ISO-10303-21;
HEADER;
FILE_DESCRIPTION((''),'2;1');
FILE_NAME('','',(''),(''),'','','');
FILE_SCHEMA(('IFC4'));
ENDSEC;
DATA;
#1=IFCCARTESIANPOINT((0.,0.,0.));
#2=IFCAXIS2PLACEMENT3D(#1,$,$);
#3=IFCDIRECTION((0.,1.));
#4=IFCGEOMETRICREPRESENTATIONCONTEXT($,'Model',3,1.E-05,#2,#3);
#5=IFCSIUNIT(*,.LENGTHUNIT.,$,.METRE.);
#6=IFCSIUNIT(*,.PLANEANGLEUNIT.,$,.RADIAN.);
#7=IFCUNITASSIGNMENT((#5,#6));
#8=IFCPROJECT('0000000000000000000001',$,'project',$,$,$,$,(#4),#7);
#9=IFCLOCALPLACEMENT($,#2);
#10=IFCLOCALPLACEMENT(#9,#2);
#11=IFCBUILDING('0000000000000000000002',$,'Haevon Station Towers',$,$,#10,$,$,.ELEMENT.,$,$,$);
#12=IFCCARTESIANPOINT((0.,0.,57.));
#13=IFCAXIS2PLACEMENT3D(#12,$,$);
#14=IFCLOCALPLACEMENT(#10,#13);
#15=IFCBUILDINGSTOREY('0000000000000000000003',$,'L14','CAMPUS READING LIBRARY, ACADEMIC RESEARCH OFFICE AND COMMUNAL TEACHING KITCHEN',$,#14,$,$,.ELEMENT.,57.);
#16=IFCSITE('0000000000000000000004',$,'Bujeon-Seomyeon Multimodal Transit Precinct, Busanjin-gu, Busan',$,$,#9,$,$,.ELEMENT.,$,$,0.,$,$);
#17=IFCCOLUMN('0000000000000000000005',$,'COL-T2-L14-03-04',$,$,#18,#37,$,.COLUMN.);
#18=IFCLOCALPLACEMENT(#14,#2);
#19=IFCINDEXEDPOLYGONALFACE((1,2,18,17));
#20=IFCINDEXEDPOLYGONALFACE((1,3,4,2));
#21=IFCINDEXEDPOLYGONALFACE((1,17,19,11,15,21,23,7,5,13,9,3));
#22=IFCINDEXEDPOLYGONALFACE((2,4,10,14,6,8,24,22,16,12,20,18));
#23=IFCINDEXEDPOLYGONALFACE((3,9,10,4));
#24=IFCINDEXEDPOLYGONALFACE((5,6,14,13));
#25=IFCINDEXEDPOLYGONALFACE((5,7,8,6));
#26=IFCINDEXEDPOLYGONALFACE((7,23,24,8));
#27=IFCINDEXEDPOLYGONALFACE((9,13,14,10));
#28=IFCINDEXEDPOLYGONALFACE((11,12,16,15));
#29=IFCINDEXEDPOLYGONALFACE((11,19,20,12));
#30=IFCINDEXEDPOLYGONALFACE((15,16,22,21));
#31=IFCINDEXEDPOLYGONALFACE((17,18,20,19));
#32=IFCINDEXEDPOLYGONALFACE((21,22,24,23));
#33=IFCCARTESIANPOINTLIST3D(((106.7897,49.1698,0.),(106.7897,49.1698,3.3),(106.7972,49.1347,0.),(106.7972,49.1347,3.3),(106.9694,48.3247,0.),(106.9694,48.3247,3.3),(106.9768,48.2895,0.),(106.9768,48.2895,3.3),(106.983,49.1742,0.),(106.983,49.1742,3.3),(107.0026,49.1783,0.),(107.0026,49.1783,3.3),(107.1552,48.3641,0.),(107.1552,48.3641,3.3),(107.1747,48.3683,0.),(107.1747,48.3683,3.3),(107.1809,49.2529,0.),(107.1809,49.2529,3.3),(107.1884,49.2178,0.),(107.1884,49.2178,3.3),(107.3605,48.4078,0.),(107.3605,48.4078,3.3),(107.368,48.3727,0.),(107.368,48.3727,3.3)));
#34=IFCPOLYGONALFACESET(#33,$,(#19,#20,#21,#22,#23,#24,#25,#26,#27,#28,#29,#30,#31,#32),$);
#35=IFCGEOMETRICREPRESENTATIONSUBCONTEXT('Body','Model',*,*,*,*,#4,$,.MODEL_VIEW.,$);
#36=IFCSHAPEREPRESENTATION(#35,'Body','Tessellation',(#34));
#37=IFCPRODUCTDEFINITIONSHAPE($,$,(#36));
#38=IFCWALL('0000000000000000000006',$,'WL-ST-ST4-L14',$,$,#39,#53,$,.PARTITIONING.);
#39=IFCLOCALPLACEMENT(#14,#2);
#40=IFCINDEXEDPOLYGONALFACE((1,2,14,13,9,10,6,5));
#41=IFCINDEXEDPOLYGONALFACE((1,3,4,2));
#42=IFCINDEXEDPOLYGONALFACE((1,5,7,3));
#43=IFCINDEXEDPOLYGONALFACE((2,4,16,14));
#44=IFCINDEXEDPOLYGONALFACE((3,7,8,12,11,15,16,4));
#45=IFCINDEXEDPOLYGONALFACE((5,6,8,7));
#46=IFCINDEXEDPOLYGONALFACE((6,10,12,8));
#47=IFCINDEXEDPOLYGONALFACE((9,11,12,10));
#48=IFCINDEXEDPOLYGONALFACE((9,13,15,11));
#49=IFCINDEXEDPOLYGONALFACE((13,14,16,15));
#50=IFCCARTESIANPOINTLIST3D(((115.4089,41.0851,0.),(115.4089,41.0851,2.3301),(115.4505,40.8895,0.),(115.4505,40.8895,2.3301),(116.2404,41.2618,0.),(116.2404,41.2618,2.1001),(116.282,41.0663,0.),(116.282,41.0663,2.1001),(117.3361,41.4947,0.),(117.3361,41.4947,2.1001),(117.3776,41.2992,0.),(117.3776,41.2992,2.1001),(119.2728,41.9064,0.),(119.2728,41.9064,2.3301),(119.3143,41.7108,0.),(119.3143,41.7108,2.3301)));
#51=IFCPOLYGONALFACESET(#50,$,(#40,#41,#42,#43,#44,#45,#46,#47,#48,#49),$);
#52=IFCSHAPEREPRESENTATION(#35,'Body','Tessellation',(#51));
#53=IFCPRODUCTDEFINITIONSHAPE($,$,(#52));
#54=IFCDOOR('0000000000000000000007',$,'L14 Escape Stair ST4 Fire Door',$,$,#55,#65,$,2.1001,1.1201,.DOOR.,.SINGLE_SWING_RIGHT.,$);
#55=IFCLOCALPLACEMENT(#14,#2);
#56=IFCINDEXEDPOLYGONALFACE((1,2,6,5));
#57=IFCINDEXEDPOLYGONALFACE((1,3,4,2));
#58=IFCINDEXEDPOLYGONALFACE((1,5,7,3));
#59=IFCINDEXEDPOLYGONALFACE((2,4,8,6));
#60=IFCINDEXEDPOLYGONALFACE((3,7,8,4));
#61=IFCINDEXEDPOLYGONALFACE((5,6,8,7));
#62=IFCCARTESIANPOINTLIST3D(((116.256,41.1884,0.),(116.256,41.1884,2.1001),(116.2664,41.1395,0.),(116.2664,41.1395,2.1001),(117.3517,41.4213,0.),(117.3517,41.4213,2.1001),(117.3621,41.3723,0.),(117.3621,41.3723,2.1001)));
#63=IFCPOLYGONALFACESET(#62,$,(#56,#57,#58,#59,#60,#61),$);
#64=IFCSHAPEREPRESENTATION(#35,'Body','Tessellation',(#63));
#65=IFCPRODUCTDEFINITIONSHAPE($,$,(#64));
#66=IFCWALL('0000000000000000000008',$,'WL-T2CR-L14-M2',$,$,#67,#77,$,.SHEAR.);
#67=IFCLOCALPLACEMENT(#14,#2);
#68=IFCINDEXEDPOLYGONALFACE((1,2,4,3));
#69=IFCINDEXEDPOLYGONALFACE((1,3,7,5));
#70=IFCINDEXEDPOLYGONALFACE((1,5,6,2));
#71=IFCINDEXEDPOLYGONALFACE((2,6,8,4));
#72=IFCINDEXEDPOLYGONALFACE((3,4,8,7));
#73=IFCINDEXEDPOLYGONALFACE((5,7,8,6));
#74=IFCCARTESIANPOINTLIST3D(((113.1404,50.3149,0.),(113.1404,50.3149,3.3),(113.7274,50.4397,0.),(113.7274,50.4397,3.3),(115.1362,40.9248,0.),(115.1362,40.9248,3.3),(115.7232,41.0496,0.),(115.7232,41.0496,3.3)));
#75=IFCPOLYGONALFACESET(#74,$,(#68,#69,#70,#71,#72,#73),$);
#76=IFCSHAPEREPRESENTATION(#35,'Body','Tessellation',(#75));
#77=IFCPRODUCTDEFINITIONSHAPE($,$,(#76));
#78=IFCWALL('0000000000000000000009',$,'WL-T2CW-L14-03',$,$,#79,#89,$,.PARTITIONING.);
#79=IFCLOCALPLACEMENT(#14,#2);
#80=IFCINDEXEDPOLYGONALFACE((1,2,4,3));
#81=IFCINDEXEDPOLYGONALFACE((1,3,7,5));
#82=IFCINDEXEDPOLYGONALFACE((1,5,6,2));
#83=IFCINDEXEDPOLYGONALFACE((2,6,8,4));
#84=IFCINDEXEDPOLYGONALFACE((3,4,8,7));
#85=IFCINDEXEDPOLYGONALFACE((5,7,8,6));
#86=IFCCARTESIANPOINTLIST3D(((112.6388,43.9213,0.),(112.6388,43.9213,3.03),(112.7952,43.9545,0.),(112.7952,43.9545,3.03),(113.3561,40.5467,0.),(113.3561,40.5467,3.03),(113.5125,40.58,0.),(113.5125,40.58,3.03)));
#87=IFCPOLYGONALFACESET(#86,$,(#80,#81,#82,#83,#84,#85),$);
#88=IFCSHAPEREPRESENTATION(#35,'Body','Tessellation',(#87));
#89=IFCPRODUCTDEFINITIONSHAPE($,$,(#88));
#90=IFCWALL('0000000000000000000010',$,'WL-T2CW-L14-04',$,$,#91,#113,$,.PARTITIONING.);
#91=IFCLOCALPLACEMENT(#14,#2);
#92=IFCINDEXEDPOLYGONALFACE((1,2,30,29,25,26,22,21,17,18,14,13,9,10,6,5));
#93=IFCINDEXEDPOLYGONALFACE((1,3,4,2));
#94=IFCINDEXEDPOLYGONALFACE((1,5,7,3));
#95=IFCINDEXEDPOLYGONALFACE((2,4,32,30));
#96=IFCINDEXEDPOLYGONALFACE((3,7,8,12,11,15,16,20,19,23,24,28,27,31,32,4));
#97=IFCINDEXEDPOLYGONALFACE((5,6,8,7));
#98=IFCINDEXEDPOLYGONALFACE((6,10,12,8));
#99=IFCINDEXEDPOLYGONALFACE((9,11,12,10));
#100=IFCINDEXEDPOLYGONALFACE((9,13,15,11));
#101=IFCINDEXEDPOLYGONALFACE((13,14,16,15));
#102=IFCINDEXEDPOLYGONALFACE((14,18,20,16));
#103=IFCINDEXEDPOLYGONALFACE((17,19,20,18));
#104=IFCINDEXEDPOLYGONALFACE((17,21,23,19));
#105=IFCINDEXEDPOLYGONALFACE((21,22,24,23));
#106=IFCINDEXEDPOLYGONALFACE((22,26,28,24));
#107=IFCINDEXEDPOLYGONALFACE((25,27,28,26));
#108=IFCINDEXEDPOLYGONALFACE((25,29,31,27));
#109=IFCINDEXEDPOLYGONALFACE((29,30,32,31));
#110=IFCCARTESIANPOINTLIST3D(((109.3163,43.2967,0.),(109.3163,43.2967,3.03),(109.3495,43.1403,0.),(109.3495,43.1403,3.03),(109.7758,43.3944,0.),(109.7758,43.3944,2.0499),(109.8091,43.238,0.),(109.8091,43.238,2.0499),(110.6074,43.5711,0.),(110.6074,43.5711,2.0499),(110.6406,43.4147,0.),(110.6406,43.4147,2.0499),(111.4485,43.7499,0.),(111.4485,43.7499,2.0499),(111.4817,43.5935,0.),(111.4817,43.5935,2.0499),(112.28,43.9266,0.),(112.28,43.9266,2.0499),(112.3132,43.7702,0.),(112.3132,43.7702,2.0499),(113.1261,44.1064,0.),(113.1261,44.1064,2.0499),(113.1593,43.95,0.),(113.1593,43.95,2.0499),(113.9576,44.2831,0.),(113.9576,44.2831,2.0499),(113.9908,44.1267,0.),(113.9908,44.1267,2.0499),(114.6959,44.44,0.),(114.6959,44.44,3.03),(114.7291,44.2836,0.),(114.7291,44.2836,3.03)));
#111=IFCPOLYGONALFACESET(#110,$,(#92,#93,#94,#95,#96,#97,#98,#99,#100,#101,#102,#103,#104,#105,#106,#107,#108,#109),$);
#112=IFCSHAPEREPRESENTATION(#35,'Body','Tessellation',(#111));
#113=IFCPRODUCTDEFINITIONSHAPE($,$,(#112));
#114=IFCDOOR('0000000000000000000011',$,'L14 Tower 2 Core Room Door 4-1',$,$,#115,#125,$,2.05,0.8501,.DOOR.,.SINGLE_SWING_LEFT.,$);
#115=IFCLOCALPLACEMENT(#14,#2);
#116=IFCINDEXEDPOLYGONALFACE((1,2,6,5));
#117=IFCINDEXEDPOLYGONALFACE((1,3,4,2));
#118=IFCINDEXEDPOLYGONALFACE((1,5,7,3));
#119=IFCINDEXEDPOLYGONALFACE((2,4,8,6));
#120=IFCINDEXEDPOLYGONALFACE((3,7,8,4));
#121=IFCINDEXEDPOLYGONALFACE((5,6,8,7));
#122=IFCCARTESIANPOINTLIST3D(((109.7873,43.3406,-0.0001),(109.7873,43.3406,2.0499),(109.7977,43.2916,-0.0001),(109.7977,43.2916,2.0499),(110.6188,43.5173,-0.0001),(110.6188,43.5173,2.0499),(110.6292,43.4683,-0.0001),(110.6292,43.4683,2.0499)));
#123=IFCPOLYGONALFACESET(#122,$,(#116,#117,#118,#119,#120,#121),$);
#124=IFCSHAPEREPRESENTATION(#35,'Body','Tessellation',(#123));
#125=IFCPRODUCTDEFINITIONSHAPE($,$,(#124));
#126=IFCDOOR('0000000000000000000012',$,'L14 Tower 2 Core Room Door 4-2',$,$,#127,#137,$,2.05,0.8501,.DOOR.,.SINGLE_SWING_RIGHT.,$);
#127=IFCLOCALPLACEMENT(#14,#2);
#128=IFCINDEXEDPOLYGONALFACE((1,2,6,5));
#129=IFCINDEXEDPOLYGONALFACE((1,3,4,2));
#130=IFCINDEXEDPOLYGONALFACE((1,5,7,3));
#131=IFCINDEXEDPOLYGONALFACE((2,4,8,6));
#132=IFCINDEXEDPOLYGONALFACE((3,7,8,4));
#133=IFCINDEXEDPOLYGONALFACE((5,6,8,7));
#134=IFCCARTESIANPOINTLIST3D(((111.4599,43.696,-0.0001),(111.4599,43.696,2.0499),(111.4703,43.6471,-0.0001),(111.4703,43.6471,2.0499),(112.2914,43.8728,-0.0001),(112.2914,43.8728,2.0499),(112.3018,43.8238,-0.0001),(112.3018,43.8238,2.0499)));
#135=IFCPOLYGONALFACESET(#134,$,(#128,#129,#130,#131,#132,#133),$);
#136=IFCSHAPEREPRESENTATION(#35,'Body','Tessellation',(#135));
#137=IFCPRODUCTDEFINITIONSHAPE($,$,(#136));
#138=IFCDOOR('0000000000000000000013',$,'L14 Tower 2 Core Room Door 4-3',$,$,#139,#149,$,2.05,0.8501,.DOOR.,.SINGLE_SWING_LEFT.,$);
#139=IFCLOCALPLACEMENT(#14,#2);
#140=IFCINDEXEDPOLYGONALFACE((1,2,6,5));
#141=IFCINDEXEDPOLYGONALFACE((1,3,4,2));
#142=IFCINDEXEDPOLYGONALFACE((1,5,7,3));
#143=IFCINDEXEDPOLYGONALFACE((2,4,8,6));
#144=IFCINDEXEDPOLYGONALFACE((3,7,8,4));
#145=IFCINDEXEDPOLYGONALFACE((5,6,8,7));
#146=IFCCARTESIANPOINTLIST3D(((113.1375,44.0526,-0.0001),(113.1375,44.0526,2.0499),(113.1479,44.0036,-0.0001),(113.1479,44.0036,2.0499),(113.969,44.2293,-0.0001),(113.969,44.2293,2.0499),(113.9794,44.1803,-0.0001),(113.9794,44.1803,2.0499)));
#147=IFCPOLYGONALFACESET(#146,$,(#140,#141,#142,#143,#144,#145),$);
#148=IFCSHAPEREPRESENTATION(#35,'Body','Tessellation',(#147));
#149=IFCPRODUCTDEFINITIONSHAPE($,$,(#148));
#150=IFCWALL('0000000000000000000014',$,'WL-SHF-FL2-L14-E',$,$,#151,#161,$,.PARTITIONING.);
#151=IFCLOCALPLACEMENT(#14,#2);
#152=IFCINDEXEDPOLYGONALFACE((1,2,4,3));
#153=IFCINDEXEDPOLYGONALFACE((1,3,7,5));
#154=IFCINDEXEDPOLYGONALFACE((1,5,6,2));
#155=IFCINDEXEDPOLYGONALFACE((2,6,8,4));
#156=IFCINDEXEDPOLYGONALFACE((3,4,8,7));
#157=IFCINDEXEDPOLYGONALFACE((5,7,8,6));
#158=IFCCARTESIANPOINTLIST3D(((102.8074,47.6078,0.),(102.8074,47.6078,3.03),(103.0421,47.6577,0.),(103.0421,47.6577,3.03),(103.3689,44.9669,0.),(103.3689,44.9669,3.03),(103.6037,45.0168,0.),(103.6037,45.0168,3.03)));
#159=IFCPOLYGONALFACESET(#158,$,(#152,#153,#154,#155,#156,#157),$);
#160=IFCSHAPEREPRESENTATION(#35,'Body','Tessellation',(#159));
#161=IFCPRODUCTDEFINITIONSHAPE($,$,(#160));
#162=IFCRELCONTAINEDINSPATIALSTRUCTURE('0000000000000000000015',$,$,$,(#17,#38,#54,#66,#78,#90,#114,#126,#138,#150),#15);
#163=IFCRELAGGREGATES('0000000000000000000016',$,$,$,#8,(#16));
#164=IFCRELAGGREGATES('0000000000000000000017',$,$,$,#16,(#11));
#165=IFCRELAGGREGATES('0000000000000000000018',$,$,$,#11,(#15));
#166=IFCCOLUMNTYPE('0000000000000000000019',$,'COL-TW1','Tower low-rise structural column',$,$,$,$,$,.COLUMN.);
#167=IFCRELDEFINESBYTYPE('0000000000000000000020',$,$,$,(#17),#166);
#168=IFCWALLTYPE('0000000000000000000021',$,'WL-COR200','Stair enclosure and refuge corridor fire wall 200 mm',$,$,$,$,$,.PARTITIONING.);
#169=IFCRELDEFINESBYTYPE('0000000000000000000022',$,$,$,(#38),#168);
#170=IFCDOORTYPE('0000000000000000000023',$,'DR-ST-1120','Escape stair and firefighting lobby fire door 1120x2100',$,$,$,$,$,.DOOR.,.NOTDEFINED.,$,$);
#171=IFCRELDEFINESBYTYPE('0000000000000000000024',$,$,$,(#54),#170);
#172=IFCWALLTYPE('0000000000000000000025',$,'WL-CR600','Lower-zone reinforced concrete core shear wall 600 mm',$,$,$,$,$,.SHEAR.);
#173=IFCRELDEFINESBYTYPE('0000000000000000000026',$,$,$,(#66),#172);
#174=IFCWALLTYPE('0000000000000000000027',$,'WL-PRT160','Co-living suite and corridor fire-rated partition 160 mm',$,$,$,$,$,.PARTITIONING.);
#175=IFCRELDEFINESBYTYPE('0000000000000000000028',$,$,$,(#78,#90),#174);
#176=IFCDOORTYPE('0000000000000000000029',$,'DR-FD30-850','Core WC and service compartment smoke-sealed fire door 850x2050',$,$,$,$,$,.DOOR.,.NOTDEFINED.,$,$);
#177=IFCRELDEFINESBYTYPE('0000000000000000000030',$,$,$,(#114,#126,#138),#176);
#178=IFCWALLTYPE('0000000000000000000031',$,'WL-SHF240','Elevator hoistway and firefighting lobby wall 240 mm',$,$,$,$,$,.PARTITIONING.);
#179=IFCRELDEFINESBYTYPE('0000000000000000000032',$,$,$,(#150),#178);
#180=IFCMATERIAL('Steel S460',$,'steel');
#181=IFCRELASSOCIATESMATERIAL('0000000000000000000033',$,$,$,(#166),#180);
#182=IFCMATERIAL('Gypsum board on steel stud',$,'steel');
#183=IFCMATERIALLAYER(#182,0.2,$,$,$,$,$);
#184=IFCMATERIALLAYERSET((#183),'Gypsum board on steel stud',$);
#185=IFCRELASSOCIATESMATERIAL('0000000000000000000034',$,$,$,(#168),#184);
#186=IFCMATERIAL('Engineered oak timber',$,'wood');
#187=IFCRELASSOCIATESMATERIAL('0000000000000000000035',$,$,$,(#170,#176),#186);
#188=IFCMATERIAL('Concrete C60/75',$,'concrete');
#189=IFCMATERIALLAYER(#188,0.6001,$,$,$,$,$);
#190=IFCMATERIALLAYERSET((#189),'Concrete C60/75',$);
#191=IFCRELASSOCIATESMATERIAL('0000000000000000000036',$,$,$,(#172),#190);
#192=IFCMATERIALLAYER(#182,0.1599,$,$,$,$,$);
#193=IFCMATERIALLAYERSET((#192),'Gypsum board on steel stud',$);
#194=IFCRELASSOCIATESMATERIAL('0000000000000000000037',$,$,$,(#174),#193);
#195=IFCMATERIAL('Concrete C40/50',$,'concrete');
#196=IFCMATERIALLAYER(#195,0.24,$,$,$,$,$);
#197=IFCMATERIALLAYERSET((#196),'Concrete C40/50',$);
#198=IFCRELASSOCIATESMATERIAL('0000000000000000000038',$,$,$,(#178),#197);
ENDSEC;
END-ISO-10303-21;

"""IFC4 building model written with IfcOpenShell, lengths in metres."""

from ifc_helpers import new_model, si_unit, direction, frame, frame_2d, origin, origin_2d, place, context, subcontext, project, spatial, rectangle, i_section, extrude, material, layer, layer_set, material_profile, profile_set, type_object, element, fill, save


model = new_model("IFC4")

# Units and contexts
model_context = context("Model", 3, precision=1e-05, world=origin(), true_north=direction((0.0, 1.0)))
body_context = subcontext(model_context, "Body", "Model", "MODEL_VIEW")
ifc_project = project(units=[si_unit("LENGTHUNIT", "METRE"), si_unit("PLANEANGLEUNIT", "RADIAN")], contexts=[model_context])

# Site, building, storey
site_placement = place(None, origin())
site = spatial("IfcSite", under=ifc_project, at=site_placement, Name="Bujeon-Seomyeon Multimodal Transit Precinct, Busanjin-gu, Busan", CompositionType="ELEMENT", RefElevation=0.0)
building_placement = place(site_placement, origin())
building = spatial("IfcBuilding", under=site, at=building_placement, Name="Haevon Station Towers", CompositionType="ELEMENT")
storey_placement = place(building_placement, frame((0.0, 0.0, 57.0)))
storey = spatial("IfcBuildingStorey", under=building, at=storey_placement, Name="L14", Description="CAMPUS READING LIBRARY, ACADEMIC RESEARCH OFFICE AND COMMUNAL TEACHING KITCHEN", CompositionType="ELEMENT", Elevation=57.0)

# Column
ifc_material_1 = material(Name="Steel S460", Category="steel")
ifc_material_profile = material_profile(ifc_material_1, i_section(OverallWidth=0.3999, OverallDepth=0.8999, WebThickness=0.02, FlangeThickness=0.0359, at=origin_2d()), Name="H-900x400x20x36")
ifc_profile_set = profile_set([ifc_material_profile], Name="Steel S460")
column_type = type_object("IfcColumnType", Name="COL-TW1", Description="Tower low-rise structural column", PredefinedType="COLUMN", material=ifc_profile_set)
column_placement = place(storey_placement, frame((107.0789, 48.7712, 0.0), z_axis=(0.0, 0.0, 1.0), x_axis=(0.978148, 0.207912, 0.0)))
element("IfcColumn", 1, at=column_placement, inside=storey, type_object=column_type, Name="COL-T2-L14-03-04", PredefinedType="COLUMN", context=body_context, shape_type="SweptSolid", body=[
    extrude(i_section(OverallWidth=0.3999, OverallDepth=0.8999, WebThickness=0.02, FlangeThickness=0.0359, at=origin_2d()), origin(), (0.0, 0.0, 1.0), 3.3),
])

# Wall, opening, door
ifc_material_2 = material(Name="Gypsum board on steel stud", Category="steel")
ifc_layer_1 = layer(ifc_material_2, 0.2)
ifc_layer_set_1 = layer_set([ifc_layer_1], Name="Gypsum board on steel stud")
wall_type_1 = type_object("IfcWallType", Name="WL-COR200", Description="Stair enclosure and refuge corridor fire wall 200 mm", PredefinedType="PARTITIONING", material=ifc_layer_set_1)
wall_1_placement = place(storey_placement, frame((115.4297, 40.9873, 0.0), z_axis=(0.0, 0.0, 1.0), x_axis=(0.978147, 0.207916, 0.0)))
wall_1 = element("IfcWall", 2, at=wall_1_placement, inside=storey, type_object=wall_type_1, Name="WL-ST-ST4-L14", PredefinedType="PARTITIONING", context=body_context, shape_type="SweptSolid", body=[
    extrude(rectangle(XDim=3.9502, YDim=0.2, at=frame_2d((1.9751, 0.0))), origin(), (0.0, 0.0, 1.0), 2.3301),
])
opening_1_placement = place(wall_1_placement, frame((0.8501, 0.0, 0.0)))
opening_1 = element("IfcOpeningElement", 3, at=opening_1_placement, cuts=wall_1, PredefinedType="OPENING", context=body_context, shape_type="SweptSolid", body=[
    extrude(rectangle(XDim=1.1201, YDim=2.1001, at=frame_2d((0.5601, 1.05))), frame((0.0, 0.1099, 0.0), z_axis=(0.0, -1.0, 0.0), x_axis=(1.0, 0.0, 0.0)), (0.0, 0.0, 1.0), 0.22),
])
ifc_material_3 = material(Name="Engineered oak timber", Category="wood")
door_type_1 = type_object("IfcDoorType", Name="DR-ST-1120", Description="Escape stair and firefighting lobby fire door 1120x2100", OperationType="NOTDEFINED", PredefinedType="DOOR", material=ifc_material_3)
door_1_placement = place(opening_1_placement, origin())
door_1 = element("IfcDoor", 4, at=door_1_placement, inside=storey, type_object=door_type_1, Name="L14 Escape Stair ST4 Fire Door", OperationType="SINGLE_SWING_RIGHT", OverallHeight=2.1001, OverallWidth=1.1201, PredefinedType="DOOR", context=body_context, shape_type="SweptSolid", body=[
    extrude(rectangle(XDim=1.1201, YDim=2.1001, at=frame_2d((0.5601, 1.05))), frame((0.0, 0.0249, 0.0), z_axis=(0.0, -1.0, 0.0), x_axis=(1.0, 0.0, 0.0)), (0.0, 0.0, 1.0), 0.05),
])
fill(opening_1, door_1)

# Walls
ifc_material_4 = material(Name="Concrete C60/75", Category="concrete")
ifc_layer_2 = layer(ifc_material_4, 0.6001)
ifc_layer_set_2 = layer_set([ifc_layer_2], Name="Concrete C60/75")
wall_type_2 = type_object("IfcWallType", Name="WL-CR600", Description="Lower-zone reinforced concrete core shear wall 600 mm", PredefinedType="SHEAR", material=ifc_layer_set_2)
wall_2_placement = place(storey_placement, frame((115.4297, 40.9873, 0.0), z_axis=(0.0, 0.0, 1.0), x_axis=(-0.207903, 0.978149, 0.0)))
element("IfcWall", 5, at=wall_2_placement, inside=storey, type_object=wall_type_2, Name="WL-T2CR-L14-M2", PredefinedType="SHEAR", context=body_context, shape_type="SweptSolid", body=[
    extrude(rectangle(XDim=9.5999, YDim=0.6001, at=frame_2d((4.7998, 0.0))), origin(), (0.0, 0.0, 1.0), 3.3),
])
ifc_layer_3 = layer(ifc_material_2, 0.1599)
ifc_layer_set_3 = layer_set([ifc_layer_3], Name="Gypsum board on steel stud")
wall_type_3 = type_object("IfcWallType", Name="WL-PRT160", Description="Co-living suite and corridor fire-rated partition 160 mm", PredefinedType="PARTITIONING", material=ifc_layer_set_3)
wall_3_placement = place(storey_placement, frame((113.4343, 40.5632, 0.0), z_axis=(0.0, 0.0, 1.0), x_axis=(-0.207915, 0.978147, 0.0)))
element("IfcWall", 6, at=wall_3_placement, inside=storey, type_object=wall_type_3, Name="WL-T2CW-L14-03", PredefinedType="PARTITIONING", context=body_context, shape_type="SweptSolid", body=[
    extrude(rectangle(XDim=3.45, YDim=0.1599, at=frame_2d((1.7251, 0.0))), origin(), (0.0, 0.0, 1.0), 3.03),
])

# Wall, openings, doors
wall_4_placement = place(storey_placement, frame((109.3328, 43.2185, 0.0), z_axis=(0.0, 0.0, 1.0), x_axis=(0.978154, 0.207883, 0.0)))
wall_4 = element("IfcWall", 7, at=wall_4_placement, inside=storey, type_object=wall_type_3, Name="WL-T2CW-L14-04", PredefinedType="PARTITIONING", context=body_context, shape_type="SweptSolid", body=[
    extrude(rectangle(XDim=5.4998, YDim=0.1599, at=frame_2d((2.75, 0.0))), origin(), (0.0, 0.0, 1.0), 3.03),
])
opening_2_placement = place(wall_4_placement, frame((0.47, 0.0, 0.0)))
opening_2 = element("IfcOpeningElement", 8, at=opening_2_placement, cuts=wall_4, PredefinedType="OPENING", context=body_context, shape_type="SweptSolid", body=[
    extrude(rectangle(XDim=0.8501, YDim=2.05, at=frame_2d((0.425, 1.0249))), frame((0.0, 0.0898, 0.0), z_axis=(0.0, -1.0, 0.0), x_axis=(1.0, 0.0, 0.0)), (0.0, 0.0, 1.0), 0.1799),
])
opening_3_placement = place(wall_4_placement, frame((2.1799, 0.0, 0.0)))
opening_3 = element("IfcOpeningElement", 9, at=opening_3_placement, cuts=wall_4, PredefinedType="OPENING", context=body_context, shape_type="SweptSolid", body=[
    extrude(rectangle(XDim=0.8501, YDim=2.05, at=frame_2d((0.425, 1.0249))), frame((0.0, 0.0898, 0.0), z_axis=(0.0, -1.0, 0.0), x_axis=(1.0, 0.0, 0.0)), (0.0, 0.0, 1.0), 0.1799),
])
opening_4_placement = place(wall_4_placement, frame((3.895, 0.0, 0.0)))
opening_4 = element("IfcOpeningElement", 10, at=opening_4_placement, cuts=wall_4, PredefinedType="OPENING", context=body_context, shape_type="SweptSolid", body=[
    extrude(rectangle(XDim=0.8501, YDim=2.05, at=frame_2d((0.425, 1.0249))), frame((0.0, 0.0898, 0.0), z_axis=(0.0, -1.0, 0.0), x_axis=(1.0, 0.0, 0.0)), (0.0, 0.0, 1.0), 0.1799),
])
door_type_2 = type_object("IfcDoorType", Name="DR-FD30-850", Description="Core WC and service compartment smoke-sealed fire door 850x2050", OperationType="NOTDEFINED", PredefinedType="DOOR", material=ifc_material_3)
door_2_placement = place(opening_2_placement, origin())
door_2 = element("IfcDoor", 11, at=door_2_placement, inside=storey, type_object=door_type_2, Name="L14 Tower 2 Core Room Door 4-1", OperationType="SINGLE_SWING_LEFT", OverallHeight=2.05, OverallWidth=0.8501, PredefinedType="DOOR", context=body_context, shape_type="SweptSolid", body=[
    extrude(rectangle(XDim=0.8501, YDim=2.05, at=frame_2d((0.425, 1.0249))), frame((0.0, 0.0249, 0.0), z_axis=(0.0, -1.0, 0.0), x_axis=(1.0, 0.0, 0.0)), (0.0, 0.0, 1.0), 0.05),
])
fill(opening_2, door_2)
door_3_placement = place(opening_3_placement, origin())
door_3 = element("IfcDoor", 12, at=door_3_placement, inside=storey, type_object=door_type_2, Name="L14 Tower 2 Core Room Door 4-2", OperationType="SINGLE_SWING_RIGHT", OverallHeight=2.05, OverallWidth=0.8501, PredefinedType="DOOR", context=body_context, shape_type="SweptSolid", body=[
    extrude(rectangle(XDim=0.8501, YDim=2.05, at=frame_2d((0.425, 1.0249))), frame((0.0, 0.0249, 0.0), z_axis=(0.0, -1.0, 0.0), x_axis=(1.0, 0.0, 0.0)), (0.0, 0.0, 1.0), 0.05),
])
fill(opening_3, door_3)
door_4_placement = place(opening_4_placement, origin())
door_4 = element("IfcDoor", 13, at=door_4_placement, inside=storey, type_object=door_type_2, Name="L14 Tower 2 Core Room Door 4-3", OperationType="SINGLE_SWING_LEFT", OverallHeight=2.05, OverallWidth=0.8501, PredefinedType="DOOR", context=body_context, shape_type="SweptSolid", body=[
    extrude(rectangle(XDim=0.8501, YDim=2.05, at=frame_2d((0.425, 1.0249))), frame((0.0, 0.0249, 0.0), z_axis=(0.0, -1.0, 0.0), x_axis=(1.0, 0.0, 0.0)), (0.0, 0.0, 1.0), 0.05),
])
fill(opening_4, door_4)

# Wall
ifc_material_5 = material(Name="Concrete C40/50", Category="concrete")
ifc_layer_4 = layer(ifc_material_5, 0.24)
ifc_layer_set_4 = layer_set([ifc_layer_4], Name="Concrete C40/50")
wall_type_4 = type_object("IfcWallType", Name="WL-SHF240", Description="Elevator hoistway and firefighting lobby wall 240 mm", PredefinedType="PARTITIONING", material=ifc_layer_set_4)
wall_5_placement = place(storey_placement, frame((103.4863, 44.9917, 0.0), z_axis=(0.0, 0.0, 1.0), x_axis=(-0.207979, 0.978133, 0.0)))
element("IfcWall", 14, at=wall_5_placement, inside=storey, type_object=wall_type_4, Name="WL-SHF-FL2-L14-E", PredefinedType="PARTITIONING", context=body_context, shape_type="SweptSolid", body=[
    extrude(rectangle(XDim=2.7, YDim=0.24, at=frame_2d((1.3501, 0.0))), origin(), (0.0, 0.0, 1.0), 3.03),
])

save(model, "model.ifc")
